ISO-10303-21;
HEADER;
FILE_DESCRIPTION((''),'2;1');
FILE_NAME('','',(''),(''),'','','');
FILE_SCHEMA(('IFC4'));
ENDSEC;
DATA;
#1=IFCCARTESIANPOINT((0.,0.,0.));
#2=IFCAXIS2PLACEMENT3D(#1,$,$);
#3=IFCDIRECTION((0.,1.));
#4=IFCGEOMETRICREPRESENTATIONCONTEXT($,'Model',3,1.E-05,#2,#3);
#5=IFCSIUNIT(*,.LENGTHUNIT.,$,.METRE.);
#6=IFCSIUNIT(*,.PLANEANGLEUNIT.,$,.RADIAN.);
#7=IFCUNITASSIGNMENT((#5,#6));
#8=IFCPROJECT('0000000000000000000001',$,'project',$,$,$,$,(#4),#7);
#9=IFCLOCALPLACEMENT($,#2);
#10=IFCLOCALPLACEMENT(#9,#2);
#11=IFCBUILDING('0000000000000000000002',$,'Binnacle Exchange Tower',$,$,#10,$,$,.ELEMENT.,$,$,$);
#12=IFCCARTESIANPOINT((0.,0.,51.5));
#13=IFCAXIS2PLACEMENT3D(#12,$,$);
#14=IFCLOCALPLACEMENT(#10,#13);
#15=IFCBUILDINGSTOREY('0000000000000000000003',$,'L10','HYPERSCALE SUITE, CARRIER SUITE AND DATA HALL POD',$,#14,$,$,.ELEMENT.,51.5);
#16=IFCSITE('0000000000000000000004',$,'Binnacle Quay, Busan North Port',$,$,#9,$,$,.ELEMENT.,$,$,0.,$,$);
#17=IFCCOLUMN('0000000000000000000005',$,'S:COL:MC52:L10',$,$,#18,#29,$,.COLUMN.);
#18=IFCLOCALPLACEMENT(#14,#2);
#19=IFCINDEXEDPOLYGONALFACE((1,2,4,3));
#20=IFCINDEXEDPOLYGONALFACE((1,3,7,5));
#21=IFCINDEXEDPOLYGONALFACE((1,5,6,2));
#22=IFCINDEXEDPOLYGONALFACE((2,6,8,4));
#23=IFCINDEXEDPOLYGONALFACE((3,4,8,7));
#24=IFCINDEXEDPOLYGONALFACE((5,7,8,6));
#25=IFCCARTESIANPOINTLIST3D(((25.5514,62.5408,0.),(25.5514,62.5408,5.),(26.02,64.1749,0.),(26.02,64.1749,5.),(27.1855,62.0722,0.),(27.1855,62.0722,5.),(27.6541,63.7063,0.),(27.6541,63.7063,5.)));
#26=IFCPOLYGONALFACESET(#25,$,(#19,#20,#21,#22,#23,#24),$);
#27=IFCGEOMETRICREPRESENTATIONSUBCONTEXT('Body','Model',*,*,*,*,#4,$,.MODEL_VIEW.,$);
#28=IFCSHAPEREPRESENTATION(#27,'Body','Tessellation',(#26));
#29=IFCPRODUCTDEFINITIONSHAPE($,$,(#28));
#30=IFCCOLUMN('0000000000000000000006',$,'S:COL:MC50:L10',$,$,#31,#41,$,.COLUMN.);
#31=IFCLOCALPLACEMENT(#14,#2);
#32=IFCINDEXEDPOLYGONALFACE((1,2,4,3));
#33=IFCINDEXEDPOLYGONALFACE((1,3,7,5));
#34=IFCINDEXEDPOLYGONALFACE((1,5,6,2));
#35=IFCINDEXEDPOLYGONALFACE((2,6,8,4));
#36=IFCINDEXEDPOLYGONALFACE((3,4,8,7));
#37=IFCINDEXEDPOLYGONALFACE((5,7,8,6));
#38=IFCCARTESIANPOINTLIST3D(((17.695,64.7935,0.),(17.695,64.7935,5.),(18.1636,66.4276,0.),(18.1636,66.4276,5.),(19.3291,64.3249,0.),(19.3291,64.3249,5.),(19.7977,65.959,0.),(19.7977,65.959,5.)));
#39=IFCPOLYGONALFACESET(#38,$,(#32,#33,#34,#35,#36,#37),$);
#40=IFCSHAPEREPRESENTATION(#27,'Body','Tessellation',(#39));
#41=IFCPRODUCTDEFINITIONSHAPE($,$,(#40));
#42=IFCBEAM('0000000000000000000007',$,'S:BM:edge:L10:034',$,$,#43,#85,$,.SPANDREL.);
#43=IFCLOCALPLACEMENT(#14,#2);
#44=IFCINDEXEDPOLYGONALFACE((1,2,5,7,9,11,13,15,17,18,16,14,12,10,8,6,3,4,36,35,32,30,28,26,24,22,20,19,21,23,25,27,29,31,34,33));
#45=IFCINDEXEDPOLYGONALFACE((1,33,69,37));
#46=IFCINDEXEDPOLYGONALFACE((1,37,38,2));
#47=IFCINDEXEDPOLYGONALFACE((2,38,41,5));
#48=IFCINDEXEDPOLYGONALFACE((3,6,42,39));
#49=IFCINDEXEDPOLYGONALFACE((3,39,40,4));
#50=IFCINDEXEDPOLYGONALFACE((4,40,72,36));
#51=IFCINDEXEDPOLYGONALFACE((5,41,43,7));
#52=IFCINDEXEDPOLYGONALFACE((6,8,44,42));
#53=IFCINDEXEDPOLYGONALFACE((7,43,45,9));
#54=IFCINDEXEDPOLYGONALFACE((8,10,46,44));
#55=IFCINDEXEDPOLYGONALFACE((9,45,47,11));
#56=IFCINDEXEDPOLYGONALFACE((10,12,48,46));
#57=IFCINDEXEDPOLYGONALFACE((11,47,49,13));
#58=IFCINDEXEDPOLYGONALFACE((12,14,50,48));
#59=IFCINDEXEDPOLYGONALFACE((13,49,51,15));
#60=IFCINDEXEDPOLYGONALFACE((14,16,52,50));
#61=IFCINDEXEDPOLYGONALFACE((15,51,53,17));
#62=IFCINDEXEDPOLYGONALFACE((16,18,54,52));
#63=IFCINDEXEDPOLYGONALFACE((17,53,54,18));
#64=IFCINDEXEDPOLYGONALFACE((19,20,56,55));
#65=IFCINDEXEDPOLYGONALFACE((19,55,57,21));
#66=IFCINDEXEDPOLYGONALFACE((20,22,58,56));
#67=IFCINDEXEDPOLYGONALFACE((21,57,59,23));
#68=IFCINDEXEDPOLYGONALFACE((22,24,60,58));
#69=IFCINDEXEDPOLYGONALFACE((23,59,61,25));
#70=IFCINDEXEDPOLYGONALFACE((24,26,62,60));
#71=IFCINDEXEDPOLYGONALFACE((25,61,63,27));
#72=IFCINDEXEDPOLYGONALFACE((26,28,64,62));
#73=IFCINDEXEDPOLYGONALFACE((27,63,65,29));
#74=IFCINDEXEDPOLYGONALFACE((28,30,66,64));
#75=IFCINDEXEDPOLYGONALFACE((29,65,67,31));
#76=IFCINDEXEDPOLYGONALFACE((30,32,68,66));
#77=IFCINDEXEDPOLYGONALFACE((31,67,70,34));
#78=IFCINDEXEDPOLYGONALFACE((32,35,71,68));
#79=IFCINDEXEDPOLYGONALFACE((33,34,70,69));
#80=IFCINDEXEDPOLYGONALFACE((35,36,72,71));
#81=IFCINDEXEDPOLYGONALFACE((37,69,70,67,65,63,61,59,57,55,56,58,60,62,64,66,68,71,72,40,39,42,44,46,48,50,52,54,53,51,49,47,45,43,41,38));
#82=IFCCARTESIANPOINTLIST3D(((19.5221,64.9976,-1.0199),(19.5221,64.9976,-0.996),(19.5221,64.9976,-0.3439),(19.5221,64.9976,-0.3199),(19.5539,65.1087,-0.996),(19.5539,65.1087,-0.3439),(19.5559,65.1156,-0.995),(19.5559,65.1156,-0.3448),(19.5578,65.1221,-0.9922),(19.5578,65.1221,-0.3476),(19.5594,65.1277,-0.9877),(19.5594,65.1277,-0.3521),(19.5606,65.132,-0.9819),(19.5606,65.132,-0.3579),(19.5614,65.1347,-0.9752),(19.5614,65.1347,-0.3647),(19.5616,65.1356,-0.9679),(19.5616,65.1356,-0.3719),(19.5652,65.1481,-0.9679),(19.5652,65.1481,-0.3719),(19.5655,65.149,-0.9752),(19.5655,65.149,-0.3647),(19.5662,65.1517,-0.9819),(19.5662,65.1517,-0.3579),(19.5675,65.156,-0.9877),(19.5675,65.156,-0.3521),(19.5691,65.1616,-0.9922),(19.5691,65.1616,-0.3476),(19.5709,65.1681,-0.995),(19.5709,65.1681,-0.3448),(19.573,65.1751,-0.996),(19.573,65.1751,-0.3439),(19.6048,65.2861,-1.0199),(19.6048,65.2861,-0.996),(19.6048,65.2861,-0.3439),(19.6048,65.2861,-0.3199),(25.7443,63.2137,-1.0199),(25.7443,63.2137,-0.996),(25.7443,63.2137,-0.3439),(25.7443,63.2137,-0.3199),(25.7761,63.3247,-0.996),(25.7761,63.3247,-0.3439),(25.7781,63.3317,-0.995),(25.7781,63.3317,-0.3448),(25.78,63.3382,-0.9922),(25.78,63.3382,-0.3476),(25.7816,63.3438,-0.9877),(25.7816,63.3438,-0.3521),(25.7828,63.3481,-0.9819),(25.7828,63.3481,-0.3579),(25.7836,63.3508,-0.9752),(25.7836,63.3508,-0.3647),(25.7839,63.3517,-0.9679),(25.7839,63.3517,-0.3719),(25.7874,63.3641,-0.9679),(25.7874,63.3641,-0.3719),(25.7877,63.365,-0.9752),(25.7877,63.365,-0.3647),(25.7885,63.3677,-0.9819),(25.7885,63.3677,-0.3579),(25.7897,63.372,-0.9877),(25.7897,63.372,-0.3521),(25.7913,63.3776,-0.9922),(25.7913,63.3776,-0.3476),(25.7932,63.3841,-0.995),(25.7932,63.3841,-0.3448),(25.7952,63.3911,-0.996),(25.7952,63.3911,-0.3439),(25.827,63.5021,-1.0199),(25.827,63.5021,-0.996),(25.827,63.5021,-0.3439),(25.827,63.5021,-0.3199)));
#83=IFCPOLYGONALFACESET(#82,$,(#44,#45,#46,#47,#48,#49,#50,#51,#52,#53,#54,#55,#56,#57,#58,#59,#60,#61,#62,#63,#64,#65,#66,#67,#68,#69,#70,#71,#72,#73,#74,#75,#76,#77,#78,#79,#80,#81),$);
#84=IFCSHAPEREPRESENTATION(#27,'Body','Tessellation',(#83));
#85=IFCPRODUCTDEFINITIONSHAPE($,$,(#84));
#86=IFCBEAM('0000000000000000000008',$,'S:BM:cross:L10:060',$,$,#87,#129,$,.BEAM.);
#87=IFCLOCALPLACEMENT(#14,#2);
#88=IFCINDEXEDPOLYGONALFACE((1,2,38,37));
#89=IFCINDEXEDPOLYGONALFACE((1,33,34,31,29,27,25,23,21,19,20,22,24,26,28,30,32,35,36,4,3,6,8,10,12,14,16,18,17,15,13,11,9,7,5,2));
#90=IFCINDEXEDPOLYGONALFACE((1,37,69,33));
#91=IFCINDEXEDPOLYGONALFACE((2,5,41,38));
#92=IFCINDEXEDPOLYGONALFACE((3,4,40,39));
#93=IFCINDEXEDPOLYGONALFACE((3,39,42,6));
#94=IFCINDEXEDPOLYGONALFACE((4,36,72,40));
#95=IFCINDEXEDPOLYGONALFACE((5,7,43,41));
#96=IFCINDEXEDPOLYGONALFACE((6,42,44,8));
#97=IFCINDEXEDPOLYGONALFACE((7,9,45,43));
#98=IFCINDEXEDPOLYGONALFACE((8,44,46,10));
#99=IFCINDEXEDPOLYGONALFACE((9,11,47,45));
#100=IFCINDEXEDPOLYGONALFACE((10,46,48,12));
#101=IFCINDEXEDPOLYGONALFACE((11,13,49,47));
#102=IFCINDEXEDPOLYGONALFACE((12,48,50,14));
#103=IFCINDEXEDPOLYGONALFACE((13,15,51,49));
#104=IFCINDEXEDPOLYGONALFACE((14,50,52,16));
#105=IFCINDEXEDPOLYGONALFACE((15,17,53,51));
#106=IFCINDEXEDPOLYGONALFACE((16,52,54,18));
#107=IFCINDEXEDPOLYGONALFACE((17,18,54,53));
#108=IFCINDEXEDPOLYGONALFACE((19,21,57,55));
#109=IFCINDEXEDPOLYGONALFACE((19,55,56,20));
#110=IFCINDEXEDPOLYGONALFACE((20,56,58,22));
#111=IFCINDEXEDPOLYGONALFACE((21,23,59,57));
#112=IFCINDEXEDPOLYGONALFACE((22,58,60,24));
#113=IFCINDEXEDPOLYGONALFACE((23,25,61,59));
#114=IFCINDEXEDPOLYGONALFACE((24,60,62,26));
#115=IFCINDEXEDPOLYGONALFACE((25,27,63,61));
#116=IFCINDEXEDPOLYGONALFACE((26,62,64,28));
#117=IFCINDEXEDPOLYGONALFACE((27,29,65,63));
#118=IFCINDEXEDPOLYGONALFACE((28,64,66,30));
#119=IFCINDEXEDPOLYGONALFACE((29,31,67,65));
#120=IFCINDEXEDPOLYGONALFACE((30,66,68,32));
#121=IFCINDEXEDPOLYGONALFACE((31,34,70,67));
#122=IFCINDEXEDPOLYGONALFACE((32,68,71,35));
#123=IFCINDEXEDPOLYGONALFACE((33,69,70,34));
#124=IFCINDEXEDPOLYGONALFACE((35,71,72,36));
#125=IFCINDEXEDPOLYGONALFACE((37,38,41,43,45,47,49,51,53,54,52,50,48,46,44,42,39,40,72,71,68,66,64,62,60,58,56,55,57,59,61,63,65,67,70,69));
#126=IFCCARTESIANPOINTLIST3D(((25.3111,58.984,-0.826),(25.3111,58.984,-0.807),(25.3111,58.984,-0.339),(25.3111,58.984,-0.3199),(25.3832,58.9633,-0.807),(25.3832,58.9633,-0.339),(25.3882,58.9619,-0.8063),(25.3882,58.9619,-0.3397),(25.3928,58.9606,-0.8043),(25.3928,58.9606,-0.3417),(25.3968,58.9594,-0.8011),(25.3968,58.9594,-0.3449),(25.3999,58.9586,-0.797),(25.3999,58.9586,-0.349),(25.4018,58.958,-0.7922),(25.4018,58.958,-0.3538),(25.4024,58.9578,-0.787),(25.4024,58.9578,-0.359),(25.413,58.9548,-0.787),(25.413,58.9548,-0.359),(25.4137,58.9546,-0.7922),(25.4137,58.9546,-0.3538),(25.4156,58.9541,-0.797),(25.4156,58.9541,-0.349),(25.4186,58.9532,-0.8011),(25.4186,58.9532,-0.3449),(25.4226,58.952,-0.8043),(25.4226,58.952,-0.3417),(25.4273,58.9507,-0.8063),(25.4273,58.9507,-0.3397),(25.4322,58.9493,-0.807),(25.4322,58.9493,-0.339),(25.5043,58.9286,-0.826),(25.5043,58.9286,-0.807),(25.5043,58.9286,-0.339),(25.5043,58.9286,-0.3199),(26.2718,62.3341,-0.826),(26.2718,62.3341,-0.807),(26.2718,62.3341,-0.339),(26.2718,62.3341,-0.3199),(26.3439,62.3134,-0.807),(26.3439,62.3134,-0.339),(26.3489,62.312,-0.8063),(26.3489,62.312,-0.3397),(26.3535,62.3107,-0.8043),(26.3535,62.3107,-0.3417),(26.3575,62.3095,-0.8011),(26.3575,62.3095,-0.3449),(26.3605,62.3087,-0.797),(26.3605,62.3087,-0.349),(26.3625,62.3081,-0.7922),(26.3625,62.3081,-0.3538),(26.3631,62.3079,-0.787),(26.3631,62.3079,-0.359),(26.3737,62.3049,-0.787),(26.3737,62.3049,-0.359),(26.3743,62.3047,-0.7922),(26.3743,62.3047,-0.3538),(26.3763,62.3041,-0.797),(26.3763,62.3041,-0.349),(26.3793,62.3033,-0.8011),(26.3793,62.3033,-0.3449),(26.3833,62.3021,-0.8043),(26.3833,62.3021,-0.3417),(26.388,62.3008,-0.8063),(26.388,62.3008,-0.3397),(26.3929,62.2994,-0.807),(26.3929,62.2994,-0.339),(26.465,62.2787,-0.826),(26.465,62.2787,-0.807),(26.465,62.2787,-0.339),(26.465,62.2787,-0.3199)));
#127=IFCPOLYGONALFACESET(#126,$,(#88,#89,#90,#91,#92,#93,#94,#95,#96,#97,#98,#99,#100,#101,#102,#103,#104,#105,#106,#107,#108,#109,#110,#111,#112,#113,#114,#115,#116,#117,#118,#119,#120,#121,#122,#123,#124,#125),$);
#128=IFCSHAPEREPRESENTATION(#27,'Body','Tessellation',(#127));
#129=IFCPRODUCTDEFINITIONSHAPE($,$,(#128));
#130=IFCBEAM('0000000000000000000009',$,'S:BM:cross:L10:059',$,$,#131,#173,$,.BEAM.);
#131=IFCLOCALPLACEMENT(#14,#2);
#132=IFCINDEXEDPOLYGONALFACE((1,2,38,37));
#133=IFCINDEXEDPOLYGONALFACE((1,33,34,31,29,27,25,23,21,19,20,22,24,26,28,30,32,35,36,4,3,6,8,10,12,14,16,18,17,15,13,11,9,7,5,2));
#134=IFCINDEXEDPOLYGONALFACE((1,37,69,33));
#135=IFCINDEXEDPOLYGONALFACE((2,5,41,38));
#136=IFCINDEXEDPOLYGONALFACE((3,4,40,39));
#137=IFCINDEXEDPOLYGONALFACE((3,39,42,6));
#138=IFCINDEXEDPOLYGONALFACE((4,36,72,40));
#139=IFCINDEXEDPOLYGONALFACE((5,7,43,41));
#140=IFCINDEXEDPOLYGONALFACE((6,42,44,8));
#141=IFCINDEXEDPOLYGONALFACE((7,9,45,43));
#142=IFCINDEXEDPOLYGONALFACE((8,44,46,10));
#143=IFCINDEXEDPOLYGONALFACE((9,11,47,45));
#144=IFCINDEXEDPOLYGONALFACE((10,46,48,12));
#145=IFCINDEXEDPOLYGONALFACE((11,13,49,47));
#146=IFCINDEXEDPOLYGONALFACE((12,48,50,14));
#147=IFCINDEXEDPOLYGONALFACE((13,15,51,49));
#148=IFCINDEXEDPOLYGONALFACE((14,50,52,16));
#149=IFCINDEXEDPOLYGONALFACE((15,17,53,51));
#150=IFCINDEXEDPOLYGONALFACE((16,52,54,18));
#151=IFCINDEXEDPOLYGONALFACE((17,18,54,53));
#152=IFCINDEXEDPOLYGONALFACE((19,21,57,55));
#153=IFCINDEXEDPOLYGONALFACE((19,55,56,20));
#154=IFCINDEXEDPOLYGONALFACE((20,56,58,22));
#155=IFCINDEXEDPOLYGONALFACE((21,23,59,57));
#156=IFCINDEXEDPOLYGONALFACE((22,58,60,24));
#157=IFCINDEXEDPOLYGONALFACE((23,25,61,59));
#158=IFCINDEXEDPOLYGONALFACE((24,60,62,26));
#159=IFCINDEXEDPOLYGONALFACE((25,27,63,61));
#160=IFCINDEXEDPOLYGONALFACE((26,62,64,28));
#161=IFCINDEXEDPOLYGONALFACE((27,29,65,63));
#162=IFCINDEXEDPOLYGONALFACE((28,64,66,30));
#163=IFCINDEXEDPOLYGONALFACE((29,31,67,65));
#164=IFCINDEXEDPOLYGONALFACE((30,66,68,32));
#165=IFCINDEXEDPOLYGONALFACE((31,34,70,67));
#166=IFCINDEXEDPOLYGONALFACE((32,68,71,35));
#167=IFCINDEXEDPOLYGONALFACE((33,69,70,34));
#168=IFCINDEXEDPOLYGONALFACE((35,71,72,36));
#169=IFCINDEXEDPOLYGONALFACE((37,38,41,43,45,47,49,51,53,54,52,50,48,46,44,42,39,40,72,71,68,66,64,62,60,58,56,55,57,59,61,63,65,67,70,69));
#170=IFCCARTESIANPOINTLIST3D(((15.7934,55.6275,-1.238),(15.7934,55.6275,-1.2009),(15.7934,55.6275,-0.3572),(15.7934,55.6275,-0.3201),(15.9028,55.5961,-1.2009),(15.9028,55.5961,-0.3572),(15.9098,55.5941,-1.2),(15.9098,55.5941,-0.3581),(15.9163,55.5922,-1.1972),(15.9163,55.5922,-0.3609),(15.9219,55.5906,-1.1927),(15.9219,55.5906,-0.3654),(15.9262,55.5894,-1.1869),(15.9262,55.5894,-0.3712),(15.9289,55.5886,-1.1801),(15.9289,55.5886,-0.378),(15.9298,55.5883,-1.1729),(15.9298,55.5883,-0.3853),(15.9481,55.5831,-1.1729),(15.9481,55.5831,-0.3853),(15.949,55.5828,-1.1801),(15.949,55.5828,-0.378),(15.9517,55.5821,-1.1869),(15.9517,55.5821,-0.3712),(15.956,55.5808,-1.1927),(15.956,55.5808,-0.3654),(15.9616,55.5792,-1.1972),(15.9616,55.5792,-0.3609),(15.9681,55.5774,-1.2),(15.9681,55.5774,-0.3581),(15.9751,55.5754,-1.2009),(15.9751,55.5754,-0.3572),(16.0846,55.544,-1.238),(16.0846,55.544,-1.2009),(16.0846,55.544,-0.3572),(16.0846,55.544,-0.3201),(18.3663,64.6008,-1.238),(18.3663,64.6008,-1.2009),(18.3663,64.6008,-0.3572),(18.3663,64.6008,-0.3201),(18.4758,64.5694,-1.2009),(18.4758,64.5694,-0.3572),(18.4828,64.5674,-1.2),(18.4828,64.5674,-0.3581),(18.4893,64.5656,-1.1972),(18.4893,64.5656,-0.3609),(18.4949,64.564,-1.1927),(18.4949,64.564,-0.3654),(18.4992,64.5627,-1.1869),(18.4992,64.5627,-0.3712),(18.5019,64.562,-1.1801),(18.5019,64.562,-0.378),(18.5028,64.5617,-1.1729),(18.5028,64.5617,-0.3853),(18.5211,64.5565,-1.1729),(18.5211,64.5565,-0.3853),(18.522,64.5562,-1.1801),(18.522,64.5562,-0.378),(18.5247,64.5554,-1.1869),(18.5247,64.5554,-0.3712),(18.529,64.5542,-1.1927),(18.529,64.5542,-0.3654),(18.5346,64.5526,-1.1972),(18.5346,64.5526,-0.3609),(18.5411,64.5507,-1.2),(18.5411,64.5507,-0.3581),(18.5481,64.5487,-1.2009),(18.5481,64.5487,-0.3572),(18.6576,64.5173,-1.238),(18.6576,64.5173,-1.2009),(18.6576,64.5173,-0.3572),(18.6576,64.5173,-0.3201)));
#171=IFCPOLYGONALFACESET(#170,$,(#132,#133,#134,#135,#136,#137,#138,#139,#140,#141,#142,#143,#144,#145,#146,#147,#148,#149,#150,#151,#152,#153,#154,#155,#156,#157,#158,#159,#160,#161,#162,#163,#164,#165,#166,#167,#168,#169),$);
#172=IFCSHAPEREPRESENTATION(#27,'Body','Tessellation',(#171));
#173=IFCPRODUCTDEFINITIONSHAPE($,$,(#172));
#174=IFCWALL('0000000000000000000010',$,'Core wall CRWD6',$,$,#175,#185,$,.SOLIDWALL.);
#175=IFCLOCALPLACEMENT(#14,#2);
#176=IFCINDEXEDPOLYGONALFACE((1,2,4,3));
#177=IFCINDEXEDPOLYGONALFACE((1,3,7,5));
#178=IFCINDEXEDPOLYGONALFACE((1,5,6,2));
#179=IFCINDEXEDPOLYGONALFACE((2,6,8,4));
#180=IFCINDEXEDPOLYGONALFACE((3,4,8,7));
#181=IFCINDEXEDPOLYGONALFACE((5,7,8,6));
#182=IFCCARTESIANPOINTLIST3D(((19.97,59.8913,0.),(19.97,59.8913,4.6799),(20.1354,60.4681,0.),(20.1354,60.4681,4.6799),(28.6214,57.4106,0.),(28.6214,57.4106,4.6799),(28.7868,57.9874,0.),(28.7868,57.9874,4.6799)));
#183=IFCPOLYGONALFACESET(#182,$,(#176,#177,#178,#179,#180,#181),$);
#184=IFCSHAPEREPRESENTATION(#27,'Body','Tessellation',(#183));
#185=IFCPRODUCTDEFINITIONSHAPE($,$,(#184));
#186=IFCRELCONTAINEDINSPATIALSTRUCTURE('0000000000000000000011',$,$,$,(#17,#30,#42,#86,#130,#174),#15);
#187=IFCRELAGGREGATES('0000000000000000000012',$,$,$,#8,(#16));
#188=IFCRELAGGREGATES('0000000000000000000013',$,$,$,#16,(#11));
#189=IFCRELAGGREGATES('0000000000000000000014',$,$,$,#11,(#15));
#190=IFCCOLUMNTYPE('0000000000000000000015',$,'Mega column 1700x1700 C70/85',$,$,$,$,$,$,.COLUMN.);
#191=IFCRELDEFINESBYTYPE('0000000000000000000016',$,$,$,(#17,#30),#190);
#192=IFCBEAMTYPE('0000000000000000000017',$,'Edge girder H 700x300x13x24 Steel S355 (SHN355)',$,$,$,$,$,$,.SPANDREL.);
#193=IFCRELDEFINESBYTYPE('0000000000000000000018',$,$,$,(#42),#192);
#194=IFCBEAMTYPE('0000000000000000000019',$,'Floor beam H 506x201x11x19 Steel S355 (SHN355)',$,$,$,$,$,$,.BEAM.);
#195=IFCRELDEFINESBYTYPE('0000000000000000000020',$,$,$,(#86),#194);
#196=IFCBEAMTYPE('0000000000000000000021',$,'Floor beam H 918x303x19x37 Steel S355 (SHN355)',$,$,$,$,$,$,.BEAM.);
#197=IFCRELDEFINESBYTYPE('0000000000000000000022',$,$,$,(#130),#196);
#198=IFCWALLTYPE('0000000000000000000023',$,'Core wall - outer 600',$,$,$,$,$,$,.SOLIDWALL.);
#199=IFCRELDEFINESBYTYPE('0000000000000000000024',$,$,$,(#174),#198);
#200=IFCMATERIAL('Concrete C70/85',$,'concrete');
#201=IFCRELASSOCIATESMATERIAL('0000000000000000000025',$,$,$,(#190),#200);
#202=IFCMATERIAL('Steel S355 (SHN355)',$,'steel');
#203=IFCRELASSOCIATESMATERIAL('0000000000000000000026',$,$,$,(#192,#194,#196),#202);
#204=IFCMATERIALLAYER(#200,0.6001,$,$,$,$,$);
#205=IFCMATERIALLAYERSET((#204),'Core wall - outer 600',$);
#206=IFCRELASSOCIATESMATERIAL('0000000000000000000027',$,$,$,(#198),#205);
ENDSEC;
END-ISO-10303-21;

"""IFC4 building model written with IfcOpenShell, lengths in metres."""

from ifc_helpers import new_model, si_unit, direction, frame, frame_2d, origin, origin_2d, place, context, subcontext, project, spatial, rectangle, i_section, extrude, material, layer, layer_set, material_profile, profile_set, type_object, element, save


model = new_model("IFC4")

# Units and contexts
model_context = context("Model", 3, precision=1e-05, world=origin(), true_north=direction((0.0, 1.0)))
body_context = subcontext(model_context, "Body", "Model", "MODEL_VIEW")
ifc_project = project(units=[si_unit("LENGTHUNIT", "METRE"), si_unit("PLANEANGLEUNIT", "RADIAN")], contexts=[model_context])

# Site, building, storey
site_placement = place(None, origin())
site = spatial("IfcSite", under=ifc_project, at=site_placement, Name="Binnacle Quay, Busan North Port", CompositionType="ELEMENT", RefElevation=0.0)
building_placement = place(site_placement, origin())
building = spatial("IfcBuilding", under=site, at=building_placement, Name="Binnacle Exchange Tower", CompositionType="ELEMENT")
storey_placement = place(building_placement, frame((0.0, 0.0, 51.5)))
storey = spatial("IfcBuildingStorey", under=building, at=storey_placement, Name="L10", Description="HYPERSCALE SUITE, CARRIER SUITE AND DATA HALL POD", CompositionType="ELEMENT", Elevation=51.5)

# Columns
ifc_material_1 = material(Name="Concrete C70/85", Category="concrete")
ifc_material_profile_1 = material_profile(ifc_material_1, rectangle(XDim=1.7, YDim=1.7, at=origin_2d()), Name="Mega column 1700x1700 C70/85")
ifc_profile_set_1 = profile_set([ifc_material_profile_1], Name="Concrete C70/85")
column_type = type_object("IfcColumnType", Name="Mega column 1700x1700 C70/85", PredefinedType="COLUMN", material=ifc_profile_set_1)
for number, where, z_axis, x_axis, name in (
    (1, (26.6028, 63.1235, 0.0), (0.0, 0.0, 1.0), (-0.961262, 0.275637, 0.0), "S:COL:MC52:L10"),
    (2, (18.7463, 65.3762, 0.0), (0.0, 0.0, 1.0), (-0.961262, 0.275637, 0.0), "S:COL:MC50:L10"),
):
    element("IfcColumn", number, at=place(storey_placement, frame(where, z_axis=z_axis, x_axis=x_axis)), inside=storey, type_object=column_type, Name=name, PredefinedType="COLUMN", context=body_context, shape_type="SweptSolid", body=[
        extrude(rectangle(XDim=1.7, YDim=1.7, at=origin_2d()), origin(), (0.0, 0.0, 1.0), 5.0),
    ])

# Beams
ifc_material_2 = material(Name="Steel S355 (SHN355)", Category="steel")
ifc_material_profile_2 = material_profile(ifc_material_2, i_section(OverallWidth=0.3, OverallDepth=0.7, WebThickness=0.0129, FlangeThickness=0.0239, FilletRadius=0.0281, at=origin_2d()), Name="H 700x300x13x24")
ifc_profile_set_2 = profile_set([ifc_material_profile_2], Name="Steel S355 (SHN355)")
beam_type_1 = type_object("IfcBeamType", Name="Edge girder H 700x300x13x24 Steel S355 (SHN355)", PredefinedType="SPANDREL", material=ifc_profile_set_2)
beam_1_placement = place(storey_placement, frame((25.7856, 63.3579, -0.6699), z_axis=(-0.961272, 0.275603, 0.0), x_axis=(-0.275603, -0.961272, 0.0)))
element("IfcBeam", 3, at=beam_1_placement, inside=storey, type_object=beam_type_1, Name="S:BM:edge:L10:034", PredefinedType="SPANDREL", context=body_context, shape_type="SweptSolid", body=[
    extrude(i_section(OverallWidth=0.3, OverallDepth=0.7, WebThickness=0.0129, FlangeThickness=0.0239, FilletRadius=0.0281, at=origin_2d()), origin(), (0.0, 0.0, 1.0), 6.4729),
])
ifc_material_profile_3 = material_profile(ifc_material_2, i_section(OverallWidth=0.2009, OverallDepth=0.5061, WebThickness=0.011, FlangeThickness=0.019, FilletRadius=0.02, at=origin_2d()), Name="H 506x201x11x19")
ifc_profile_set_3 = profile_set([ifc_material_profile_3], Name="Steel S355 (SHN355)")
beam_type_2 = type_object("IfcBeamType", Name="Floor beam H 506x201x11x19 Steel S355 (SHN355)", PredefinedType="BEAM", material=ifc_profile_set_3)
beam_2_placement = place(storey_placement, frame((26.3684, 62.3064, -0.573), z_axis=(-0.275655, -0.961257, 0.0), x_axis=(0.961257, -0.275655, 0.0)))
element("IfcBeam", 4, at=beam_2_placement, inside=storey, type_object=beam_type_2, Name="S:BM:cross:L10:060", PredefinedType="BEAM", context=body_context, shape_type="SweptSolid", body=[
    extrude(i_section(OverallWidth=0.2009, OverallDepth=0.5061, WebThickness=0.011, FlangeThickness=0.019, FilletRadius=0.02, at=origin_2d()), origin(), (0.0, 0.0, 1.0), 3.4851),
])
ifc_material_profile_4 = material_profile(ifc_material_2, i_section(OverallWidth=0.303, OverallDepth=0.918, WebThickness=0.019, FlangeThickness=0.0371, FilletRadius=0.0281, at=origin_2d()), Name="H 918x303x19x37")
ifc_profile_set_4 = profile_set([ifc_material_profile_4], Name="Steel S355 (SHN355)")
beam_type_3 = type_object("IfcBeamType", Name="Floor beam H 918x303x19x37 Steel S355 (SHN355)", PredefinedType="BEAM", material=ifc_profile_set_4)
beam_3_placement = place(storey_placement, frame((18.512, 64.5591, -0.7791), z_axis=(-0.275629, -0.961264, 0.0), x_axis=(0.961264, -0.275629, 0.0)))
element("IfcBeam", 5, at=beam_3_placement, inside=storey, type_object=beam_type_3, Name="S:BM:cross:L10:059", PredefinedType="BEAM", context=body_context, shape_type="SweptSolid", body=[
    extrude(i_section(OverallWidth=0.303, OverallDepth=0.918, WebThickness=0.019, FlangeThickness=0.0371, FilletRadius=0.0281, at=origin_2d()), origin(), (0.0, 0.0, 1.0), 9.335),
])

# Wall
ifc_layer_1 = layer(ifc_material_1, 0.6001)
ifc_layer_set_1 = layer_set([ifc_layer_1], Name="Core wall - outer 600")
wall_type_1 = type_object("IfcWallType", Name="Core wall - outer 600", PredefinedType="SOLIDWALL", material=ifc_layer_set_1)
wall_1_placement = place(storey_placement, frame((20.0527, 60.1797, 0.0), z_axis=(0.0, 0.0, 1.0), x_axis=(0.961262, -0.275635, 0.0)))
element("IfcWall", 6, at=wall_1_placement, inside=storey, type_object=wall_type_1, Name="Core wall CRWD6", PredefinedType="SOLIDWALL", context=body_context, shape_type="SweptSolid", body=[
    extrude(rectangle(XDim=9.0, YDim=0.6001, at=frame_2d((4.5, 0.0))), origin(), (0.0, 0.0, 1.0), 4.6799),
])

save(model, "model.ifc")
